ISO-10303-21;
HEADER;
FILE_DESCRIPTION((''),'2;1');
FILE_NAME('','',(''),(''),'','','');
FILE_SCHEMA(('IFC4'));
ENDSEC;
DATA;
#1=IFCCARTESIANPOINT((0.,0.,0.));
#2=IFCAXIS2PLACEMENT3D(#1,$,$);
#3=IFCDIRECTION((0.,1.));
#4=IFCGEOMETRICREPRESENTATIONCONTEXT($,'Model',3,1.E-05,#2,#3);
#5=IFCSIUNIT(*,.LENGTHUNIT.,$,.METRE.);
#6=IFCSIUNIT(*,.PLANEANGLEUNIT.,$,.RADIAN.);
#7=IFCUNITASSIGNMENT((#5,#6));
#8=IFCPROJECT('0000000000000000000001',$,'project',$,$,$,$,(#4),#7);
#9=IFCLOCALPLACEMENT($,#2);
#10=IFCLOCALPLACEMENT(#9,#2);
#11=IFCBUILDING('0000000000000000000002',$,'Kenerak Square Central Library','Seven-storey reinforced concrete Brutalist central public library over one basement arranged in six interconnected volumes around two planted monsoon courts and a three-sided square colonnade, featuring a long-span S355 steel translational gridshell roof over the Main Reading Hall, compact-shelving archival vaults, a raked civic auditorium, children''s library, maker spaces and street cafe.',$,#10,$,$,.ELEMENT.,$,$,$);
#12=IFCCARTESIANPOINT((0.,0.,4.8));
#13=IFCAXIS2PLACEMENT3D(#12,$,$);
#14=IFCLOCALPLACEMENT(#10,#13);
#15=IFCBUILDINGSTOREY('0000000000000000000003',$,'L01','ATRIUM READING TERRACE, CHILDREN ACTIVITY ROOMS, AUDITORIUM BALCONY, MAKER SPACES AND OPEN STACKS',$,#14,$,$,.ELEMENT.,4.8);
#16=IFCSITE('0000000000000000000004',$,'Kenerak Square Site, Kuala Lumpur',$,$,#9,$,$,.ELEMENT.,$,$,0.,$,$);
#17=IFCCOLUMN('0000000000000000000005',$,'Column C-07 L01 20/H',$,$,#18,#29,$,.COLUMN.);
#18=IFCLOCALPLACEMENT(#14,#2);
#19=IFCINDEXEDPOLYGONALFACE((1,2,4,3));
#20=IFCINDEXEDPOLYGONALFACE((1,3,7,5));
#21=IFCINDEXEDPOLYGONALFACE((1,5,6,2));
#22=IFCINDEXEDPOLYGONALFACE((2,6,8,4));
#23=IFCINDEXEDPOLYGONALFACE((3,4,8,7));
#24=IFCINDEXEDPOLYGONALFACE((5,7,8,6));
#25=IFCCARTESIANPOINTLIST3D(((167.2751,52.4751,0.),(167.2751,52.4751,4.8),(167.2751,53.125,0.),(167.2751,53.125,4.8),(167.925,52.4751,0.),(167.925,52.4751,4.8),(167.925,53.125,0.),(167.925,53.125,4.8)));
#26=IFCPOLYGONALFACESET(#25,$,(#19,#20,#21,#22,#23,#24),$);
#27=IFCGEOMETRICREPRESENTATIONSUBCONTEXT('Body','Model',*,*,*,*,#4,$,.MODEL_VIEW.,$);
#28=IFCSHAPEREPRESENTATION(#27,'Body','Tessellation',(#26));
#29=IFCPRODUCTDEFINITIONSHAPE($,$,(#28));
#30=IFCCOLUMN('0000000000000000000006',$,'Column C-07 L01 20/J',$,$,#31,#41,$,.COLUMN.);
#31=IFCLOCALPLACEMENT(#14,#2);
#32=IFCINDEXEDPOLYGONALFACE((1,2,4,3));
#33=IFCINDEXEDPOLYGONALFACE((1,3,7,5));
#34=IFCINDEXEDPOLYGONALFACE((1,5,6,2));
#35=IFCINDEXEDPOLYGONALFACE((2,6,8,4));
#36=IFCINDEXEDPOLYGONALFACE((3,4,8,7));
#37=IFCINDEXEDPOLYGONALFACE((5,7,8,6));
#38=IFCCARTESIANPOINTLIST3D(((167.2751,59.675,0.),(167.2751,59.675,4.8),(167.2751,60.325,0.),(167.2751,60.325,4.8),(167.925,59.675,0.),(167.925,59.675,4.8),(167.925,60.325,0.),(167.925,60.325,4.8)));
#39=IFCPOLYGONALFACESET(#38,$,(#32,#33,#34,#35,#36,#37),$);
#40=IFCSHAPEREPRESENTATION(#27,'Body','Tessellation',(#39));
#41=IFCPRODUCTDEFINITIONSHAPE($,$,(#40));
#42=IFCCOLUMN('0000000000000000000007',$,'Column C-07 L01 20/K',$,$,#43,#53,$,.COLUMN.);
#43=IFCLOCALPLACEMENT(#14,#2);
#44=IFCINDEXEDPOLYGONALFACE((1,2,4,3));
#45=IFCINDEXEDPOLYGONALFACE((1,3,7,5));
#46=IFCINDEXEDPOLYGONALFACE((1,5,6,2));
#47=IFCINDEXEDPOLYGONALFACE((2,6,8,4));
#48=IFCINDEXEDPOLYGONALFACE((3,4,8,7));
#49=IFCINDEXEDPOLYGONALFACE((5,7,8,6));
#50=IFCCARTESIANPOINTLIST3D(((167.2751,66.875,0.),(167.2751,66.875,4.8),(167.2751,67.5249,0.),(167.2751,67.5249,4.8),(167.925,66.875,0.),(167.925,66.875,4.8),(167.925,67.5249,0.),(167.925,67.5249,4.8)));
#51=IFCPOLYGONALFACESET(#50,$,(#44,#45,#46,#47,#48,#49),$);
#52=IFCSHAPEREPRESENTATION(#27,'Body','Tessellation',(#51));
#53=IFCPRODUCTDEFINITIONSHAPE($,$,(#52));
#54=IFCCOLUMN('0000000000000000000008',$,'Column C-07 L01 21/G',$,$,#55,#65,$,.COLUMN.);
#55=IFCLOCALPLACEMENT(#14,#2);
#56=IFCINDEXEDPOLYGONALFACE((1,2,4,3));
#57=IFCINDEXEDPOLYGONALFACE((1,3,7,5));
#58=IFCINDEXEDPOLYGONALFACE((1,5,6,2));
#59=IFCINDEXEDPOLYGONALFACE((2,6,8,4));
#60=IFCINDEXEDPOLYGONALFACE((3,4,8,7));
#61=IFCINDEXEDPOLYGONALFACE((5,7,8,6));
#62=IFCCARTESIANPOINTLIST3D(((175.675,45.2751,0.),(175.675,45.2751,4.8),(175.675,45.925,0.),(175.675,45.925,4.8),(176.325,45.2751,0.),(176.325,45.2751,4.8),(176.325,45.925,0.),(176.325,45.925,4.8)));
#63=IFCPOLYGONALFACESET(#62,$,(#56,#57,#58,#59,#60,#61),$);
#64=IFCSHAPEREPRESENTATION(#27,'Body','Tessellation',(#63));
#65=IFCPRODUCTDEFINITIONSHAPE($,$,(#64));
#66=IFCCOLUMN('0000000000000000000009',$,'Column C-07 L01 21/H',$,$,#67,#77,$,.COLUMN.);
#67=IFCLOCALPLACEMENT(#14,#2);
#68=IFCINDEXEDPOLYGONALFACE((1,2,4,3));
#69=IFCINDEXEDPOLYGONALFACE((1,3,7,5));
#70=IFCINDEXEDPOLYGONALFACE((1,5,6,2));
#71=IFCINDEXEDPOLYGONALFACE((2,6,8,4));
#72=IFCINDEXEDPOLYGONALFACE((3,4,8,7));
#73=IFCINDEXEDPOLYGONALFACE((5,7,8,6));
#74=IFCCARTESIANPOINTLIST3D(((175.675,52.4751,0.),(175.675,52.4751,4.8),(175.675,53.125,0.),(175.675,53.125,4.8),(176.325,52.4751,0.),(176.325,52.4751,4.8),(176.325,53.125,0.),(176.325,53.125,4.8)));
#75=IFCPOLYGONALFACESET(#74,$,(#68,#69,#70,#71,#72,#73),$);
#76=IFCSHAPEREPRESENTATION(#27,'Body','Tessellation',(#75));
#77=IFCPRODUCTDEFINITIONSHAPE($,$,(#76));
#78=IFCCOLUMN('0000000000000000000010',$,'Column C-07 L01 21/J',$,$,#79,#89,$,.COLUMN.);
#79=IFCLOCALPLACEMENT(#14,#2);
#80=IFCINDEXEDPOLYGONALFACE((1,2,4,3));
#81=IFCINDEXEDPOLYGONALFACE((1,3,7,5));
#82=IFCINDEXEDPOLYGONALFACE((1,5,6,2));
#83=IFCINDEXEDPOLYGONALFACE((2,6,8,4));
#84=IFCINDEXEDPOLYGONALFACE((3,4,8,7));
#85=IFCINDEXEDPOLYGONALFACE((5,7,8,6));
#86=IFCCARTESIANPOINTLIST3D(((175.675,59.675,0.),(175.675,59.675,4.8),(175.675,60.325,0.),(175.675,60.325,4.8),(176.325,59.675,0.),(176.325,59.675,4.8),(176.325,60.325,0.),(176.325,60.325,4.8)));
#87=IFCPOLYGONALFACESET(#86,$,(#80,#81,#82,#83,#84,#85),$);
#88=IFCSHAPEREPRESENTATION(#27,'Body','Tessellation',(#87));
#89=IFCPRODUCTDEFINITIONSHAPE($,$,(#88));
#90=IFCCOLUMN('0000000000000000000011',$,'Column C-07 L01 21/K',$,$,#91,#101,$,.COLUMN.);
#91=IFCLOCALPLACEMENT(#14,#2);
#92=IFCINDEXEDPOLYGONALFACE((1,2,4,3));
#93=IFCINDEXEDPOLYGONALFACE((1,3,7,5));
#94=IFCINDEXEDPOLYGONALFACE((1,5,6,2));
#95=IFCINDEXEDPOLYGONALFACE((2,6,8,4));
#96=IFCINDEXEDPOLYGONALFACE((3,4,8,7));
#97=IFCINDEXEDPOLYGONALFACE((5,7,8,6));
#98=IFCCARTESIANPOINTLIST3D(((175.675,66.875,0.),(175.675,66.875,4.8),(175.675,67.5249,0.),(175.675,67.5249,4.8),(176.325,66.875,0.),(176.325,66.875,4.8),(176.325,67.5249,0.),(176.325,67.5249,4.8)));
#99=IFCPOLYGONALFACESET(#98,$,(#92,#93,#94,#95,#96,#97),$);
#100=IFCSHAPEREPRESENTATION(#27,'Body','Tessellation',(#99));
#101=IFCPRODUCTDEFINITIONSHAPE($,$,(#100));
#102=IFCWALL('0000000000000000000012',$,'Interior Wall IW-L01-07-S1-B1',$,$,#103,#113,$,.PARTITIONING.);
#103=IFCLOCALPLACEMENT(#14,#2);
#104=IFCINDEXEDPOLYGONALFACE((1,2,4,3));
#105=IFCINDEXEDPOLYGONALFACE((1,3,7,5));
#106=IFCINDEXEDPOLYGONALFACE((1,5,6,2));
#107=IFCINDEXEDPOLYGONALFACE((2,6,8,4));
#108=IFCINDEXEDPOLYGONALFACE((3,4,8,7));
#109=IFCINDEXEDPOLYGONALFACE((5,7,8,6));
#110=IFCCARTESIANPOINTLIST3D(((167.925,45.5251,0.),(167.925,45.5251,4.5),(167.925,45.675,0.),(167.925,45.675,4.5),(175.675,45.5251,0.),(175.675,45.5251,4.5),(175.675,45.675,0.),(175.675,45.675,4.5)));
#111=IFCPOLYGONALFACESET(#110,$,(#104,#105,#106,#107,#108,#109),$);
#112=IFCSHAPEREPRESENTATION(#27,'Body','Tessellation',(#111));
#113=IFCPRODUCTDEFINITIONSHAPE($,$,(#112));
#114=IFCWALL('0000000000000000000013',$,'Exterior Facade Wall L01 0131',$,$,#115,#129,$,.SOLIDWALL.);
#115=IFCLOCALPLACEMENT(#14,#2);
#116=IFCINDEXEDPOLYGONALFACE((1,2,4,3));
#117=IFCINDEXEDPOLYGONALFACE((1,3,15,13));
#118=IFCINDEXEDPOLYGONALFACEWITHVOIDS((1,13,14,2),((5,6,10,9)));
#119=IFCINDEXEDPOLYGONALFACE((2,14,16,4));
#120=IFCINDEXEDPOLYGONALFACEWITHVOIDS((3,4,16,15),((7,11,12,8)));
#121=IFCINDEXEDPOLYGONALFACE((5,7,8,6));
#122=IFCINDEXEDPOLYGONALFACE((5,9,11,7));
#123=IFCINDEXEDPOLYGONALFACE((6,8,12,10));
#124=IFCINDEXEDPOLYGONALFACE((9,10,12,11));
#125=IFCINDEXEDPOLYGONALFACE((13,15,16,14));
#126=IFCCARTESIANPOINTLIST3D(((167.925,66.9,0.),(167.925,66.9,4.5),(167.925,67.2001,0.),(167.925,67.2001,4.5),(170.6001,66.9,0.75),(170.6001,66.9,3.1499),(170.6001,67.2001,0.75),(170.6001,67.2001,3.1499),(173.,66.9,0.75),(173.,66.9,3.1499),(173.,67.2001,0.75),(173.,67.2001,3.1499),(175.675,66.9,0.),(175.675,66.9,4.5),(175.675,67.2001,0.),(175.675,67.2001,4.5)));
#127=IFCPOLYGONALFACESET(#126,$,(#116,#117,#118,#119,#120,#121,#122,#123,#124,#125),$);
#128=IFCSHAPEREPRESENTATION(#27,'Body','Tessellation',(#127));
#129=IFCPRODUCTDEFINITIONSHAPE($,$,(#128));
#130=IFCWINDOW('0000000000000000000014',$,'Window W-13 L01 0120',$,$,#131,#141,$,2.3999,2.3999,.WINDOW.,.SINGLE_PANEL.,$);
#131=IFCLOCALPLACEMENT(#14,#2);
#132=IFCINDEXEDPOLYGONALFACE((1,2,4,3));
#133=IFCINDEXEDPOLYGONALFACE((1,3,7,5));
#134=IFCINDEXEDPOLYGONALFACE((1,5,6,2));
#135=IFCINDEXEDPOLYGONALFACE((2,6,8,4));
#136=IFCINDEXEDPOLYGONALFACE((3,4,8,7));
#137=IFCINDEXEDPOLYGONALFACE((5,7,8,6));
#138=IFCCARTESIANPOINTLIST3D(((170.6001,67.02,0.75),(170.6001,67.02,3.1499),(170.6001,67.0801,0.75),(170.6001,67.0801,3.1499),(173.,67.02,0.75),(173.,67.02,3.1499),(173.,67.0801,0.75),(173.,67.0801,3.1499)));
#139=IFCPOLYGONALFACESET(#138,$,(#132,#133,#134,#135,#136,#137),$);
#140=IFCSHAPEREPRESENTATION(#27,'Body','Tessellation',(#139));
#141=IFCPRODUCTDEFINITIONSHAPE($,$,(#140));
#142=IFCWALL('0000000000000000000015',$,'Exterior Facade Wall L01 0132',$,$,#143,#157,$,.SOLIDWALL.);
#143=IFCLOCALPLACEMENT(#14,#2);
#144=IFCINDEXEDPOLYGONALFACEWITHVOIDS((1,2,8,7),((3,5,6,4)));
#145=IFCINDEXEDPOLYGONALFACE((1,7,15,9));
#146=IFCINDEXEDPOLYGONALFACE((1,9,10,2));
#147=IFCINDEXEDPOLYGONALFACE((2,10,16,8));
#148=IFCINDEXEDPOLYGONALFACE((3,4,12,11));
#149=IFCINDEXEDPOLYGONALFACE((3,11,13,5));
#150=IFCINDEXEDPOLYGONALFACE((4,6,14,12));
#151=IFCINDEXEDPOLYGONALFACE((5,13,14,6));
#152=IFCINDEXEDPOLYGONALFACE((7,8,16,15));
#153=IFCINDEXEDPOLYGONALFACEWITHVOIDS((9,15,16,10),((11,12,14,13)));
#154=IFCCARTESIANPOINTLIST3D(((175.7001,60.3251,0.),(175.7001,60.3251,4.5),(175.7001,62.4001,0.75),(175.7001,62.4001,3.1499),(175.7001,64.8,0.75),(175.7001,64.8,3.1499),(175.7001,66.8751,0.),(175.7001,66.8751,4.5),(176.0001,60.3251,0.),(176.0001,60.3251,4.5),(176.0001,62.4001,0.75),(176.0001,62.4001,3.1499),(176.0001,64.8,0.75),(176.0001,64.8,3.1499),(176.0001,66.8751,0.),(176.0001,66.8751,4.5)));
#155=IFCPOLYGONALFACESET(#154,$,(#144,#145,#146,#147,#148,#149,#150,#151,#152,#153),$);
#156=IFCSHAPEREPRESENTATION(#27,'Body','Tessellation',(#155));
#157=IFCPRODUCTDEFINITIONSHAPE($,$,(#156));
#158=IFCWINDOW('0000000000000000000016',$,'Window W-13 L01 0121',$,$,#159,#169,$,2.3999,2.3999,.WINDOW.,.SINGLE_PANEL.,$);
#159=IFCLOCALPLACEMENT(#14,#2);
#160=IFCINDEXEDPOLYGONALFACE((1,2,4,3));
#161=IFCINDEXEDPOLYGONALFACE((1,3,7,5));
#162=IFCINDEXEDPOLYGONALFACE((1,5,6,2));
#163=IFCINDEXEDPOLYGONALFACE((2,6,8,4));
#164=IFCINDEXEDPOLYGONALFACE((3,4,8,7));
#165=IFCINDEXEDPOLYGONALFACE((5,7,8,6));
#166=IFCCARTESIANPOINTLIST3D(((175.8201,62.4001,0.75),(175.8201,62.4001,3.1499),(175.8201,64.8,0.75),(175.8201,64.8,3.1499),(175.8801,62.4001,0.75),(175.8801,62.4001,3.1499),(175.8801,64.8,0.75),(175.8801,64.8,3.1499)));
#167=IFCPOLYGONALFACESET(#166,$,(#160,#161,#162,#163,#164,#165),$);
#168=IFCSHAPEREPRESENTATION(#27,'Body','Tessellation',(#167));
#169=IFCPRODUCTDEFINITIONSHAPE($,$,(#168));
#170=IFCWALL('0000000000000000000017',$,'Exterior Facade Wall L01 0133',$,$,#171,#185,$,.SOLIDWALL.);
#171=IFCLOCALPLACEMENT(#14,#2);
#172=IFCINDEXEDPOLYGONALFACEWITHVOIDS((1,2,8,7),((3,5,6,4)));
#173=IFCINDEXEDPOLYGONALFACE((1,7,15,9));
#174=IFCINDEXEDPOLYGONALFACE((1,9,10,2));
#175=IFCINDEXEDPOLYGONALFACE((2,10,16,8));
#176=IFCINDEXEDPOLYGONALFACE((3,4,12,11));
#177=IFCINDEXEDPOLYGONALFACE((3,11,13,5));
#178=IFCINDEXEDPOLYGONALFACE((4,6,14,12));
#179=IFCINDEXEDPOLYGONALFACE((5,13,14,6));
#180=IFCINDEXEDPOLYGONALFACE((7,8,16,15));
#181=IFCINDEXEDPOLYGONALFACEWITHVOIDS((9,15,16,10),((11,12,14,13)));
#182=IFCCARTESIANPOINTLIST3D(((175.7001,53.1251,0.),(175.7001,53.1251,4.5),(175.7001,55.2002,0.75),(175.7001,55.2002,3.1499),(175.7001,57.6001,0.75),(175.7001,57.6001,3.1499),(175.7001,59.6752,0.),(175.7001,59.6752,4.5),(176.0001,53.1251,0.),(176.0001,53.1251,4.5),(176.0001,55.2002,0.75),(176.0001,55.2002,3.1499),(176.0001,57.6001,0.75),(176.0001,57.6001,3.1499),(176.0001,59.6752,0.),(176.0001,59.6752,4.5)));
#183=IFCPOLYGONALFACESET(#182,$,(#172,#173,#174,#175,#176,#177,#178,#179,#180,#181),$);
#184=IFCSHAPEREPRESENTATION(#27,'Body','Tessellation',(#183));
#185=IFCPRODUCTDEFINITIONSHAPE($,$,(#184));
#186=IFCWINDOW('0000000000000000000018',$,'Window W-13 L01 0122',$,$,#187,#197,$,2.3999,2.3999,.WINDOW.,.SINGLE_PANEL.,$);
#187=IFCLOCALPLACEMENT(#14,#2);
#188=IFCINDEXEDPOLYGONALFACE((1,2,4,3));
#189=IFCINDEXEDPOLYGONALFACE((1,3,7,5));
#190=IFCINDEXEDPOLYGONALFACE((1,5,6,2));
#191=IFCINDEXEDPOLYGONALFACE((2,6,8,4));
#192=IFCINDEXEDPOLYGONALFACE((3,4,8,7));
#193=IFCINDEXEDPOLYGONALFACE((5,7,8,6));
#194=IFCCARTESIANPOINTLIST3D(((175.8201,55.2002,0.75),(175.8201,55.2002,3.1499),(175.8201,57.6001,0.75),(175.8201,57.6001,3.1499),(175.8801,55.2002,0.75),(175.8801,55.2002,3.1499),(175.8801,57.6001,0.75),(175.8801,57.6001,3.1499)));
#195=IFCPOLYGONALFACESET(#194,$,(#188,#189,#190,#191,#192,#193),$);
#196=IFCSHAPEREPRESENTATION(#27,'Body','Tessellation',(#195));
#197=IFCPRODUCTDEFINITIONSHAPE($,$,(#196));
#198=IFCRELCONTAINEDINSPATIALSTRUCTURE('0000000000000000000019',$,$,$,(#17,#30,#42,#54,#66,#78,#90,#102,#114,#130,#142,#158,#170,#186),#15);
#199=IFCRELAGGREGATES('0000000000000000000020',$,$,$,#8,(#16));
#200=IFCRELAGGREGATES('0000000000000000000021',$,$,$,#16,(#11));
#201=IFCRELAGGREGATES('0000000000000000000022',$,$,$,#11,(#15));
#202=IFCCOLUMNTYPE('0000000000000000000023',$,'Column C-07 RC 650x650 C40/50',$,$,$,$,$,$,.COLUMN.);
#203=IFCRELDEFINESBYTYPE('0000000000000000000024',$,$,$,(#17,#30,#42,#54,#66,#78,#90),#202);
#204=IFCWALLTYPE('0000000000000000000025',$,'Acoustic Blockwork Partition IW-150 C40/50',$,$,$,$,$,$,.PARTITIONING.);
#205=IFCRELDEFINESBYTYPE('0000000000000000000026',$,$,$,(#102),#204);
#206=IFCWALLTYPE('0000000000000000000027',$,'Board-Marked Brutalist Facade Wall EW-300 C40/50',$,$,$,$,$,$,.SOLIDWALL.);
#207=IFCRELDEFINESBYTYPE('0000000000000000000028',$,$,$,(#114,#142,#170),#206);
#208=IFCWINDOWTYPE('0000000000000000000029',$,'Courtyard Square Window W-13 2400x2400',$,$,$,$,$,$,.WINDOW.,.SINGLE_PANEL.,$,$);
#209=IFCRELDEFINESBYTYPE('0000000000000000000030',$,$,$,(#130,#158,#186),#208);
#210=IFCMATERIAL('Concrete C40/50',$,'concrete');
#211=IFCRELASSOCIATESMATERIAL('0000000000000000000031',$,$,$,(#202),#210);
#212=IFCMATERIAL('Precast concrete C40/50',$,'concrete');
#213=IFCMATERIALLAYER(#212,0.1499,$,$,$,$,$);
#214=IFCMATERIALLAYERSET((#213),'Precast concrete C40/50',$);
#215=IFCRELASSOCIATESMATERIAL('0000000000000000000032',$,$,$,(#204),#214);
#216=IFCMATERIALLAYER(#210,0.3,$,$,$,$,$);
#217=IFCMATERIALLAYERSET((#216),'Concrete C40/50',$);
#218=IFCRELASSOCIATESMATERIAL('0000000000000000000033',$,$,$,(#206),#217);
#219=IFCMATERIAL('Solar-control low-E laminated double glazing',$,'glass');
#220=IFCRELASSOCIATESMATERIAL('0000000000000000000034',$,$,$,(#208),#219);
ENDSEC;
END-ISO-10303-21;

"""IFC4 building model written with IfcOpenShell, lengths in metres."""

from ifc_helpers import new_model, si_unit, direction, frame, frame_2d, origin, origin_2d, place, context, subcontext, project, spatial, rectangle, extrude, material, layer, layer_set, material_profile, profile_set, type_object, element, fill, save


model = new_model("IFC4")

# Units and contexts
model_context = context("Model", 3, precision=1e-05, world=origin(), true_north=direction((0.0, 1.0)))
body_context = subcontext(model_context, "Body", "Model", "MODEL_VIEW")
ifc_project = project(units=[si_unit("LENGTHUNIT", "METRE"), si_unit("PLANEANGLEUNIT", "RADIAN")], contexts=[model_context])

# Site, building, storey
site_placement = place(None, origin())
site = spatial("IfcSite", under=ifc_project, at=site_placement, Name="Kenerak Square Site, Kuala Lumpur", CompositionType="ELEMENT", RefElevation=0.0)
building_placement = place(site_placement, origin())
building = spatial("IfcBuilding", under=site, at=building_placement, Name="Kenerak Square Central Library", Description="Seven-storey reinforced concrete Brutalist central public library over one basement arranged in six interconnected volumes around two planted monsoon courts and a three-sided square colonnade, featuring a long-span S355 steel translational gridshell roof over the Main Reading Hall, compact-shelving archival vaults, a raked civic auditorium, children's library, maker spaces and street cafe.", CompositionType="ELEMENT")
storey_placement = place(building_placement, frame((0.0, 0.0, 4.8)))
storey = spatial("IfcBuildingStorey", under=building, at=storey_placement, Name="L01", Description="ATRIUM READING TERRACE, CHILDREN ACTIVITY ROOMS, AUDITORIUM BALCONY, MAKER SPACES AND OPEN STACKS", CompositionType="ELEMENT", Elevation=4.8)

# Columns
ifc_material_1 = material(Name="Concrete C40/50", Category="concrete")
ifc_material_profile = material_profile(ifc_material_1, rectangle(XDim=0.6499, YDim=0.6499, at=origin_2d()), Name="RC 650x650")
ifc_profile_set = profile_set([ifc_material_profile], Name="Concrete C40/50")
column_type = type_object("IfcColumnType", Name="Column C-07 RC 650x650 C40/50", PredefinedType="COLUMN", material=ifc_profile_set)
for number, where, z_axis, x_axis, name in (
    (1, (167.6001, 52.8, 0.0), (0.0, 0.0, 1.0), (1.0, 0.0, 0.0), "Column C-07 L01 20/H"),
    (2, (167.6001, 60.0, 0.0), (0.0, 0.0, 1.0), (1.0, 0.0, 0.0), "Column C-07 L01 20/J"),
    (3, (167.6001, 67.2, 0.0), (0.0, 0.0, 1.0), (1.0, 0.0, 0.0), "Column C-07 L01 20/K"),
    (4, (176.0, 45.6001, 0.0), (0.0, 0.0, 1.0), (1.0, 0.0, 0.0), "Column C-07 L01 21/G"),
    (5, (176.0, 52.8, 0.0), (0.0, 0.0, 1.0), (1.0, 0.0, 0.0), "Column C-07 L01 21/H"),
    (6, (176.0, 60.0, 0.0), (0.0, 0.0, 1.0), (1.0, 0.0, 0.0), "Column C-07 L01 21/J"),
    (7, (176.0, 67.2, 0.0), (0.0, 0.0, 1.0), (1.0, 0.0, 0.0), "Column C-07 L01 21/K"),
):
    element("IfcColumn", number, at=place(storey_placement, frame(where, z_axis=z_axis, x_axis=x_axis)), inside=storey, type_object=column_type, Name=name, PredefinedType="COLUMN", context=body_context, shape_type="SweptSolid", body=[
        extrude(rectangle(XDim=0.6499, YDim=0.6499, at=origin_2d()), origin(), (0.0, 0.0, 1.0), 4.8),
    ])

# Wall
ifc_material_2 = material(Name="Precast concrete C40/50", Category="concrete")
ifc_layer_1 = layer(ifc_material_2, 0.1499)
ifc_layer_set_1 = layer_set([ifc_layer_1], Name="Precast concrete C40/50")
wall_type_1 = type_object("IfcWallType", Name="Acoustic Blockwork Partition IW-150 C40/50", PredefinedType="PARTITIONING", material=ifc_layer_set_1)
wall_1_placement = place(storey_placement, frame((175.675, 45.6001, 0.0), z_axis=(0.0, 0.0, 1.0), x_axis=(-1.0, 0.0, 0.0)))
element("IfcWall", 8, at=wall_1_placement, inside=storey, type_object=wall_type_1, Name="Interior Wall IW-L01-07-S1-B1", PredefinedType="PARTITIONING", context=body_context, shape_type="SweptSolid", body=[
    extrude(rectangle(XDim=7.75, YDim=0.1499, at=frame_2d((3.875, 0.0))), origin(), (0.0, 0.0, 1.0), 4.5),
])

# Walls, openings, windows
ifc_layer_2 = layer(ifc_material_1, 0.3)
ifc_layer_set_2 = layer_set([ifc_layer_2], Name="Concrete C40/50")
wall_type_2 = type_object("IfcWallType", Name="Board-Marked Brutalist Facade Wall EW-300 C40/50", PredefinedType="SOLIDWALL", material=ifc_layer_set_2)
wall_2_placement = place(storey_placement, frame((167.925, 67.05, 0.0), z_axis=(0.0, 0.0, 1.0), x_axis=(1.0, 0.0, 0.0)))
wall_2 = element("IfcWall", 9, at=wall_2_placement, inside=storey, type_object=wall_type_2, Name="Exterior Facade Wall L01 0131", PredefinedType="SOLIDWALL", context=body_context, shape_type="SweptSolid", body=[
    extrude(rectangle(XDim=7.75, YDim=0.3, at=frame_2d((3.875, 0.0))), origin(), (0.0, 0.0, 1.0), 4.5),
])
opening_1_placement = place(wall_2_placement, frame((2.675, 0.0, 0.75)))
opening_1 = element("IfcOpeningElement", 10, at=opening_1_placement, cuts=wall_2, PredefinedType="OPENING", context=body_context, shape_type="SweptSolid", body=[
    extrude(rectangle(XDim=2.3999, YDim=2.3999, at=frame_2d((1.2, 1.2))), frame((0.0, 0.1599, 0.0), z_axis=(0.0, -1.0, 0.0), x_axis=(1.0, 0.0, 0.0)), (0.0, 0.0, 1.0), 0.3201),
])
ifc_material_3 = material(Name="Solar-control low-E laminated double glazing", Category="glass")
window_type = type_object("IfcWindowType", Name="Courtyard Square Window W-13 2400x2400", PartitioningType="SINGLE_PANEL", PredefinedType="WINDOW", material=ifc_material_3)
window_1_placement = place(opening_1_placement, origin())
window_1 = element("IfcWindow", 11, at=window_1_placement, inside=storey, type_object=window_type, Name="Window W-13 L01 0120", OverallHeight=2.3999, OverallWidth=2.3999, PartitioningType="SINGLE_PANEL", PredefinedType="WINDOW", context=body_context, shape_type="SweptSolid", body=[
    extrude(rectangle(XDim=2.3999, YDim=2.3999, at=frame_2d((1.2, 1.2))), frame((0.0, 0.03, 0.0), z_axis=(0.0, -1.0, 0.0), x_axis=(1.0, 0.0, 0.0)), (0.0, 0.0, 1.0), 0.0601),
])
fill(opening_1, window_1)
wall_3_placement = place(storey_placement, frame((175.8501, 66.875, 0.0), z_axis=(0.0, 0.0, 1.0), x_axis=(0.0, -1.0, 0.0)))
wall_3 = element("IfcWall", 12, at=wall_3_placement, inside=storey, type_object=wall_type_2, Name="Exterior Facade Wall L01 0132", PredefinedType="SOLIDWALL", context=body_context, shape_type="SweptSolid", body=[
    extrude(rectangle(XDim=6.55, YDim=0.3, at=frame_2d((3.2749, 0.0))), origin(), (0.0, 0.0, 1.0), 4.5),
])
opening_2_placement = place(wall_3_placement, frame((2.075, 0.0, 0.75)))
opening_2 = element("IfcOpeningElement", 13, at=opening_2_placement, cuts=wall_3, PredefinedType="OPENING", context=body_context, shape_type="SweptSolid", body=[
    extrude(rectangle(XDim=2.3999, YDim=2.3999, at=frame_2d((1.2, 1.2))), frame((0.0, 0.1599, 0.0), z_axis=(0.0, -1.0, 0.0), x_axis=(1.0, 0.0, 0.0)), (0.0, 0.0, 1.0), 0.3201),
])
window_2_placement = place(opening_2_placement, origin())
window_2 = element("IfcWindow", 14, at=window_2_placement, inside=storey, type_object=window_type, Name="Window W-13 L01 0121", OverallHeight=2.3999, OverallWidth=2.3999, PartitioningType="SINGLE_PANEL", PredefinedType="WINDOW", context=body_context, shape_type="SweptSolid", body=[
    extrude(rectangle(XDim=2.3999, YDim=2.3999, at=frame_2d((1.2, 1.2))), frame((0.0, 0.03, 0.0), z_axis=(0.0, -1.0, 0.0), x_axis=(1.0, 0.0, 0.0)), (0.0, 0.0, 1.0), 0.0601),
])
fill(opening_2, window_2)
wall_4_placement = place(storey_placement, frame((175.8501, 59.675, 0.0), z_axis=(0.0, 0.0, 1.0), x_axis=(0.0, -1.0, 0.0)))
wall_4 = element("IfcWall", 15, at=wall_4_placement, inside=storey, type_object=wall_type_2, Name="Exterior Facade Wall L01 0133", PredefinedType="SOLIDWALL", context=body_context, shape_type="SweptSolid", body=[
    extrude(rectangle(XDim=6.55, YDim=0.3, at=frame_2d((3.2749, 0.0))), origin(), (0.0, 0.0, 1.0), 4.5),
])
opening_3_placement = place(wall_4_placement, frame((2.075, 0.0, 0.75)))
opening_3 = element("IfcOpeningElement", 16, at=opening_3_placement, cuts=wall_4, PredefinedType="OPENING", context=body_context, shape_type="SweptSolid", body=[
    extrude(rectangle(XDim=2.3999, YDim=2.3999, at=frame_2d((1.2, 1.2))), frame((0.0, 0.1599, 0.0), z_axis=(0.0, -1.0, 0.0), x_axis=(1.0, 0.0, 0.0)), (0.0, 0.0, 1.0), 0.3201),
])
window_3_placement = place(opening_3_placement, origin())
window_3 = element("IfcWindow", 17, at=window_3_placement, inside=storey, type_object=window_type, Name="Window W-13 L01 0122", OverallHeight=2.3999, OverallWidth=2.3999, PartitioningType="SINGLE_PANEL", PredefinedType="WINDOW", context=body_context, shape_type="SweptSolid", body=[
    extrude(rectangle(XDim=2.3999, YDim=2.3999, at=frame_2d((1.2, 1.2))), frame((0.0, 0.03, 0.0), z_axis=(0.0, -1.0, 0.0), x_axis=(1.0, 0.0, 0.0)), (0.0, 0.0, 1.0), 0.0601),
])
fill(opening_3, window_3)

save(model, "model.ifc")
